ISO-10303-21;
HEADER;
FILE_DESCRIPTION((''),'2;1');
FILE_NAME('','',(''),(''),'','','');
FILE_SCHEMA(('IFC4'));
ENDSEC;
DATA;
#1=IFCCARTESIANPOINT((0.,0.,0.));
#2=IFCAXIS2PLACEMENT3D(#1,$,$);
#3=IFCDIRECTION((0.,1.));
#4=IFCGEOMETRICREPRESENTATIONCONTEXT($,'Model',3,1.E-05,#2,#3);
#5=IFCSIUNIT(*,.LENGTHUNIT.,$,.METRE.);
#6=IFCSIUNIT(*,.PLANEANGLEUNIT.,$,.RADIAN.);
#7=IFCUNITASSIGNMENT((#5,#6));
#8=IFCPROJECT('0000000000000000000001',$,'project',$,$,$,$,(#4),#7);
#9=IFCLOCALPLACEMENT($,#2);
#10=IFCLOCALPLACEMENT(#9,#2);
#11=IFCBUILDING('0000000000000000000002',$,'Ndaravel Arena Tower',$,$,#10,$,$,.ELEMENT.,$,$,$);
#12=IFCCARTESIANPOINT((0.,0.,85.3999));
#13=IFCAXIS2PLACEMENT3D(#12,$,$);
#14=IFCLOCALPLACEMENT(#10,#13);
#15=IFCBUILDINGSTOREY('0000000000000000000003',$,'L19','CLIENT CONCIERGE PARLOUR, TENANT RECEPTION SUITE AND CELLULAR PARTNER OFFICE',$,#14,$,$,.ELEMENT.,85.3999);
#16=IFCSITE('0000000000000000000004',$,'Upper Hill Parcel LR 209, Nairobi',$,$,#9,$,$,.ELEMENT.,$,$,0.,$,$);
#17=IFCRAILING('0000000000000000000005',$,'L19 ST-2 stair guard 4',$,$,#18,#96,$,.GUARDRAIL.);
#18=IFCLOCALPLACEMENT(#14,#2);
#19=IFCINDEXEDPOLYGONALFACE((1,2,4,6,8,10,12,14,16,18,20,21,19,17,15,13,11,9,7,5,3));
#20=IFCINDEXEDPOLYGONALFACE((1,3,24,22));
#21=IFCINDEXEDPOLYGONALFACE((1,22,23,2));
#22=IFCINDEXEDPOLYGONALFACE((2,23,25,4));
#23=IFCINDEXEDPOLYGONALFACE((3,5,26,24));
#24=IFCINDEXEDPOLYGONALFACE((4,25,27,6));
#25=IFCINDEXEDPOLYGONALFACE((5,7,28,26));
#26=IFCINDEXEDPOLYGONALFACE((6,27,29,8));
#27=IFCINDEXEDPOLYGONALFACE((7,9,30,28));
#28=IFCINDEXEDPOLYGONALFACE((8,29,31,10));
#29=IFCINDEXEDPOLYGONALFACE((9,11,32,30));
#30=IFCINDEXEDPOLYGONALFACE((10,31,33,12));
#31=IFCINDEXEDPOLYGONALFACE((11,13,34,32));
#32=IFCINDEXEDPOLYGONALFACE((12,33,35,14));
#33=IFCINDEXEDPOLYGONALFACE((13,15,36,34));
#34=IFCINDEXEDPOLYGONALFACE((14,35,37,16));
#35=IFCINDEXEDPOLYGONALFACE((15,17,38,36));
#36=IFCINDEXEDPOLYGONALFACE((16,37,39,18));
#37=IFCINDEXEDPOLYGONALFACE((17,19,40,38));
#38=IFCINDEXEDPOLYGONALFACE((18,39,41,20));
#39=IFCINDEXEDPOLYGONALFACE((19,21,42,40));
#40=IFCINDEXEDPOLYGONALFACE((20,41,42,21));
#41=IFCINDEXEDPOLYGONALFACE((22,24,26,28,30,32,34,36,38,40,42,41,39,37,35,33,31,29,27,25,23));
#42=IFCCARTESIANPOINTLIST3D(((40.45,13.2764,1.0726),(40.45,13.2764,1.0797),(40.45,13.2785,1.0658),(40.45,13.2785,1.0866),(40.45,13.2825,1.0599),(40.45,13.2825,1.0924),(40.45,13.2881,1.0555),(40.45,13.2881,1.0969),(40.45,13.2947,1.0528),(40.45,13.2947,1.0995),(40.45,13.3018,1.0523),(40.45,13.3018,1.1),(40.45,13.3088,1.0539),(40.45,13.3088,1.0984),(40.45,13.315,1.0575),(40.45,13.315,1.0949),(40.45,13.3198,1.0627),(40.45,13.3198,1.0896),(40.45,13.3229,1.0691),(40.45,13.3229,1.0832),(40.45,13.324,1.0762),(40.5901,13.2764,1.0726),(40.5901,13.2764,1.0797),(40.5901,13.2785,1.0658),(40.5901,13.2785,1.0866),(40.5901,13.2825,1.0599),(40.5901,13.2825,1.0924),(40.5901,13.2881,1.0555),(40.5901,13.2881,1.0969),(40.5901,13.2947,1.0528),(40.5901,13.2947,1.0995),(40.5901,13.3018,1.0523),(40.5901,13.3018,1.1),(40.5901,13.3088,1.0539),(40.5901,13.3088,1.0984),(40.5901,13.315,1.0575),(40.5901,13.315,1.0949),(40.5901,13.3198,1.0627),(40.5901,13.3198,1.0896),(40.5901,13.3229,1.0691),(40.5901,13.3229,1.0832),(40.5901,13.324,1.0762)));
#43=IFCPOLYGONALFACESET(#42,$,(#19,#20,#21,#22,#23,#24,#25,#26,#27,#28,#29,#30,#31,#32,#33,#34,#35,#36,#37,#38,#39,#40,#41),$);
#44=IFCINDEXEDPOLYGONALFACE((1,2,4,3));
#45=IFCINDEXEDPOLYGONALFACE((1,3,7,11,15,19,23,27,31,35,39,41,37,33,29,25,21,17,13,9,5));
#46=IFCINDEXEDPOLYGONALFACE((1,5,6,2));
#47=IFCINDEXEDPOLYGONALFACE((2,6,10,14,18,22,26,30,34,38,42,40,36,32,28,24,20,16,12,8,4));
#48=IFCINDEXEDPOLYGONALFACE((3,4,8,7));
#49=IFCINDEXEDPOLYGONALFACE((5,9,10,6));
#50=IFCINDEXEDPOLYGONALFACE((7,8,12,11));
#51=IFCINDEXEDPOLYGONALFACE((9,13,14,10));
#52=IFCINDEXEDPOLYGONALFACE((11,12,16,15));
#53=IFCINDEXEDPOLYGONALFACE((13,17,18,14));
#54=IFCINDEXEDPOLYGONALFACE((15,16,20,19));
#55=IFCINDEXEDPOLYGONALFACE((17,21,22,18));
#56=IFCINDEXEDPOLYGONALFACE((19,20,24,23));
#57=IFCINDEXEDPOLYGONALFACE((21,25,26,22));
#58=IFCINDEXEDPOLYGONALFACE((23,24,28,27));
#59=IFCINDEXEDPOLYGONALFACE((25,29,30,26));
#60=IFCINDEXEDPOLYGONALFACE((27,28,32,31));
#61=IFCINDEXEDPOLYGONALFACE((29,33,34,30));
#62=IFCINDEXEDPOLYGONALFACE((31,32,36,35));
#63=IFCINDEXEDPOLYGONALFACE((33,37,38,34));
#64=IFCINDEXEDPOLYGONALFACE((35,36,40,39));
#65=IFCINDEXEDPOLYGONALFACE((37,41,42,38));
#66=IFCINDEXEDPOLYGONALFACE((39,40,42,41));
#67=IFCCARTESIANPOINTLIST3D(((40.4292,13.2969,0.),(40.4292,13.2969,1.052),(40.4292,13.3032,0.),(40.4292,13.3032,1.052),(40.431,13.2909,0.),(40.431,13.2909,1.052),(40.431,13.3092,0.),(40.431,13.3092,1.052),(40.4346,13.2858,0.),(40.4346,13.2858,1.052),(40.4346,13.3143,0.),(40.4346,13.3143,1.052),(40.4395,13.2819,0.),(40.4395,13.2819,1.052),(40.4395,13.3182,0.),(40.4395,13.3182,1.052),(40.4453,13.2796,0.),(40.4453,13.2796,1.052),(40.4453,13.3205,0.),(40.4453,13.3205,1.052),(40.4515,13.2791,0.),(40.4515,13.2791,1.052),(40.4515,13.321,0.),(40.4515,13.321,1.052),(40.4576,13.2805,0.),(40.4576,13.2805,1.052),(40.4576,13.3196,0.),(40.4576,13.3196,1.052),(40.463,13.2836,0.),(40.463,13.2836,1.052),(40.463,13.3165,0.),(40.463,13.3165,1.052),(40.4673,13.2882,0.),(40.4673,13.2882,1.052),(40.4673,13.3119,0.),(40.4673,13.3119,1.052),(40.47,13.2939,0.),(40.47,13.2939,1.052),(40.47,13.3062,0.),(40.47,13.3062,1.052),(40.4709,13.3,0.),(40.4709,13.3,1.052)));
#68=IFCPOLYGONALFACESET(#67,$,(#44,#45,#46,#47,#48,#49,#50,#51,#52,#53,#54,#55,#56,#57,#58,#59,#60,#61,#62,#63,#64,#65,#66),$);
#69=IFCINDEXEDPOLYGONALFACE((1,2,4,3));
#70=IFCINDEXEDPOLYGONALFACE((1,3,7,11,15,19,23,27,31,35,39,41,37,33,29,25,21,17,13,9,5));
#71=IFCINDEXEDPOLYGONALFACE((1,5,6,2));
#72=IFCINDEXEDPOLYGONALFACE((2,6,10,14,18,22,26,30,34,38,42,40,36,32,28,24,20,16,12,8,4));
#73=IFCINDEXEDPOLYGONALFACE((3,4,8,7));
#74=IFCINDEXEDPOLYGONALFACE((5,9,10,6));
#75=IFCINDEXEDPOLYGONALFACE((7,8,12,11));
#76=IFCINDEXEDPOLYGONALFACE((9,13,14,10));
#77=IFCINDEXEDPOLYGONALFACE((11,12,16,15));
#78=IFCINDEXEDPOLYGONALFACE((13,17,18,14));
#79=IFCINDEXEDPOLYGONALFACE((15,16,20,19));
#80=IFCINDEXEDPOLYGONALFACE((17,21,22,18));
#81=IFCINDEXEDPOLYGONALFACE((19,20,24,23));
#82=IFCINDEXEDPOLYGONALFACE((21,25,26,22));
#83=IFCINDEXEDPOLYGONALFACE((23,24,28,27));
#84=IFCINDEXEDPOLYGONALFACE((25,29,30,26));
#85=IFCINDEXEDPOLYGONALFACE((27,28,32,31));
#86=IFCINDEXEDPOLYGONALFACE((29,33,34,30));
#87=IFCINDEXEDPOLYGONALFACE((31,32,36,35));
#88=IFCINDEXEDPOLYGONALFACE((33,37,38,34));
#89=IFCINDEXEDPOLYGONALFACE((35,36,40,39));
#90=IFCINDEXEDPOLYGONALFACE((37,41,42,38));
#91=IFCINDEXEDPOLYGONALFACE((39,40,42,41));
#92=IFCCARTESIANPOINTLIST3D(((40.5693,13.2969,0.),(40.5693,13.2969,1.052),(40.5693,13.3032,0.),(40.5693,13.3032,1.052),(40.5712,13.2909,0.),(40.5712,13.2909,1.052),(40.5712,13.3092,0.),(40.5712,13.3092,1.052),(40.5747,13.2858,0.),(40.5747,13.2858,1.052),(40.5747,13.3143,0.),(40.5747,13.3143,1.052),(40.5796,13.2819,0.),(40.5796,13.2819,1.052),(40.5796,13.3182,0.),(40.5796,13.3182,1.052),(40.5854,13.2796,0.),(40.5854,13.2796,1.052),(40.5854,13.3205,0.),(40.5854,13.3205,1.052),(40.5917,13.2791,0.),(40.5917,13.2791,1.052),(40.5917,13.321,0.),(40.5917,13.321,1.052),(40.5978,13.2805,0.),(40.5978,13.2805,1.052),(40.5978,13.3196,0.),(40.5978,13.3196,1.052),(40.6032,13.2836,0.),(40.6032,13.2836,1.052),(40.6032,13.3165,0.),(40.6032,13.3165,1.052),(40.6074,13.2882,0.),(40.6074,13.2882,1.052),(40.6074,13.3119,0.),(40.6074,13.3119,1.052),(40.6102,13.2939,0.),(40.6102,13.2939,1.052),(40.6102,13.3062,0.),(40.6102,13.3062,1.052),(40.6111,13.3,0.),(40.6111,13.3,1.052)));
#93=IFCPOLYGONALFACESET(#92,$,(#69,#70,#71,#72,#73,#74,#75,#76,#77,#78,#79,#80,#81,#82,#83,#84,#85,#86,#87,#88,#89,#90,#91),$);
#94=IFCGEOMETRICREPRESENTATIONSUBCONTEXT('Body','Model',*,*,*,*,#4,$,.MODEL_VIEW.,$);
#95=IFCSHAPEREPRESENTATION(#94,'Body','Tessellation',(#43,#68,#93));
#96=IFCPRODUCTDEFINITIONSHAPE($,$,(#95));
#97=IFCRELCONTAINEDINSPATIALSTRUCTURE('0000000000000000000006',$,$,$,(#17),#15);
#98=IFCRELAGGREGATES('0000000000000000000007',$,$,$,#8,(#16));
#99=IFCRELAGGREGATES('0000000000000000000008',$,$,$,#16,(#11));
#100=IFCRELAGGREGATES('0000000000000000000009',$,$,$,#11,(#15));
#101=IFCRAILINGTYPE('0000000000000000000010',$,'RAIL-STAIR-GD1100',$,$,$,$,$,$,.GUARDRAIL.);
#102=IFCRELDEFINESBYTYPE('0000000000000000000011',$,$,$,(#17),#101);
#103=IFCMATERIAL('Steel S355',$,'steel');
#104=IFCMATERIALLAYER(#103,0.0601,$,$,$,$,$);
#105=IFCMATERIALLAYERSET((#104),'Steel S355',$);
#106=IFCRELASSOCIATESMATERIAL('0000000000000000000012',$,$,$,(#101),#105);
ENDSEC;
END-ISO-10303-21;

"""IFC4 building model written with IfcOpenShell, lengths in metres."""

from ifc_helpers import new_model, si_unit, direction, frame, origin, origin_2d, place, context, subcontext, project, spatial, circle, extrude, material, layer, layer_set, type_object, element, save


model = new_model("IFC4")

# Units and contexts
model_context = context("Model", 3, precision=1e-05, world=origin(), true_north=direction((0.0, 1.0)))
body_context = subcontext(model_context, "Body", "Model", "MODEL_VIEW")
ifc_project = project(units=[si_unit("LENGTHUNIT", "METRE"), si_unit("PLANEANGLEUNIT", "RADIAN")], contexts=[model_context])

# Site, building, storey
site_placement = place(None, origin())
site = spatial("IfcSite", under=ifc_project, at=site_placement, Name="Upper Hill Parcel LR 209, Nairobi", CompositionType="ELEMENT", RefElevation=0.0)
building_placement = place(site_placement, origin())
building = spatial("IfcBuilding", under=site, at=building_placement, Name="Ndaravel Arena Tower", CompositionType="ELEMENT")
storey_placement = place(building_placement, frame((0.0, 0.0, 85.3999)))
storey = spatial("IfcBuildingStorey", under=building, at=storey_placement, Name="L19", Description="CLIENT CONCIERGE PARLOUR, TENANT RECEPTION SUITE AND CELLULAR PARTNER OFFICE", CompositionType="ELEMENT", Elevation=85.3999)

# Railing
ifc_material_1 = material(Name="Steel S355", Category="steel")
ifc_layer_1 = layer(ifc_material_1, 0.0601)
ifc_layer_set_1 = layer_set([ifc_layer_1], Name="Steel S355")
railing_type_1 = type_object("IfcRailingType", Name="RAIL-STAIR-GD1100", PredefinedType="GUARDRAIL", material=ifc_layer_set_1)
railing_1_placement = place(storey_placement, frame((40.45, 13.3, 0.0)))
element("IfcRailing", 1, at=railing_1_placement, inside=storey, type_object=railing_type_1, Name="L19 ST-2 stair guard 4", PredefinedType="GUARDRAIL", context=body_context, shape_type="SweptSolid", body=[
    extrude(circle(Radius=0.0239, at=origin_2d()), frame((0.0, 0.0, 1.0762), z_axis=(1.0, 0.0, 0.0), x_axis=(0.0, 1.0, 0.0)), (0.0, 0.0, 1.0), 0.1401),
    extrude(circle(Radius=0.021, at=origin_2d()), origin(), (0.0, 0.0, 1.0), 1.052),
    extrude(circle(Radius=0.021, at=origin_2d()), frame((0.1401, 0.0, 0.0)), (0.0, 0.0, 1.0), 1.052),
])

save(model, "model.ifc")
